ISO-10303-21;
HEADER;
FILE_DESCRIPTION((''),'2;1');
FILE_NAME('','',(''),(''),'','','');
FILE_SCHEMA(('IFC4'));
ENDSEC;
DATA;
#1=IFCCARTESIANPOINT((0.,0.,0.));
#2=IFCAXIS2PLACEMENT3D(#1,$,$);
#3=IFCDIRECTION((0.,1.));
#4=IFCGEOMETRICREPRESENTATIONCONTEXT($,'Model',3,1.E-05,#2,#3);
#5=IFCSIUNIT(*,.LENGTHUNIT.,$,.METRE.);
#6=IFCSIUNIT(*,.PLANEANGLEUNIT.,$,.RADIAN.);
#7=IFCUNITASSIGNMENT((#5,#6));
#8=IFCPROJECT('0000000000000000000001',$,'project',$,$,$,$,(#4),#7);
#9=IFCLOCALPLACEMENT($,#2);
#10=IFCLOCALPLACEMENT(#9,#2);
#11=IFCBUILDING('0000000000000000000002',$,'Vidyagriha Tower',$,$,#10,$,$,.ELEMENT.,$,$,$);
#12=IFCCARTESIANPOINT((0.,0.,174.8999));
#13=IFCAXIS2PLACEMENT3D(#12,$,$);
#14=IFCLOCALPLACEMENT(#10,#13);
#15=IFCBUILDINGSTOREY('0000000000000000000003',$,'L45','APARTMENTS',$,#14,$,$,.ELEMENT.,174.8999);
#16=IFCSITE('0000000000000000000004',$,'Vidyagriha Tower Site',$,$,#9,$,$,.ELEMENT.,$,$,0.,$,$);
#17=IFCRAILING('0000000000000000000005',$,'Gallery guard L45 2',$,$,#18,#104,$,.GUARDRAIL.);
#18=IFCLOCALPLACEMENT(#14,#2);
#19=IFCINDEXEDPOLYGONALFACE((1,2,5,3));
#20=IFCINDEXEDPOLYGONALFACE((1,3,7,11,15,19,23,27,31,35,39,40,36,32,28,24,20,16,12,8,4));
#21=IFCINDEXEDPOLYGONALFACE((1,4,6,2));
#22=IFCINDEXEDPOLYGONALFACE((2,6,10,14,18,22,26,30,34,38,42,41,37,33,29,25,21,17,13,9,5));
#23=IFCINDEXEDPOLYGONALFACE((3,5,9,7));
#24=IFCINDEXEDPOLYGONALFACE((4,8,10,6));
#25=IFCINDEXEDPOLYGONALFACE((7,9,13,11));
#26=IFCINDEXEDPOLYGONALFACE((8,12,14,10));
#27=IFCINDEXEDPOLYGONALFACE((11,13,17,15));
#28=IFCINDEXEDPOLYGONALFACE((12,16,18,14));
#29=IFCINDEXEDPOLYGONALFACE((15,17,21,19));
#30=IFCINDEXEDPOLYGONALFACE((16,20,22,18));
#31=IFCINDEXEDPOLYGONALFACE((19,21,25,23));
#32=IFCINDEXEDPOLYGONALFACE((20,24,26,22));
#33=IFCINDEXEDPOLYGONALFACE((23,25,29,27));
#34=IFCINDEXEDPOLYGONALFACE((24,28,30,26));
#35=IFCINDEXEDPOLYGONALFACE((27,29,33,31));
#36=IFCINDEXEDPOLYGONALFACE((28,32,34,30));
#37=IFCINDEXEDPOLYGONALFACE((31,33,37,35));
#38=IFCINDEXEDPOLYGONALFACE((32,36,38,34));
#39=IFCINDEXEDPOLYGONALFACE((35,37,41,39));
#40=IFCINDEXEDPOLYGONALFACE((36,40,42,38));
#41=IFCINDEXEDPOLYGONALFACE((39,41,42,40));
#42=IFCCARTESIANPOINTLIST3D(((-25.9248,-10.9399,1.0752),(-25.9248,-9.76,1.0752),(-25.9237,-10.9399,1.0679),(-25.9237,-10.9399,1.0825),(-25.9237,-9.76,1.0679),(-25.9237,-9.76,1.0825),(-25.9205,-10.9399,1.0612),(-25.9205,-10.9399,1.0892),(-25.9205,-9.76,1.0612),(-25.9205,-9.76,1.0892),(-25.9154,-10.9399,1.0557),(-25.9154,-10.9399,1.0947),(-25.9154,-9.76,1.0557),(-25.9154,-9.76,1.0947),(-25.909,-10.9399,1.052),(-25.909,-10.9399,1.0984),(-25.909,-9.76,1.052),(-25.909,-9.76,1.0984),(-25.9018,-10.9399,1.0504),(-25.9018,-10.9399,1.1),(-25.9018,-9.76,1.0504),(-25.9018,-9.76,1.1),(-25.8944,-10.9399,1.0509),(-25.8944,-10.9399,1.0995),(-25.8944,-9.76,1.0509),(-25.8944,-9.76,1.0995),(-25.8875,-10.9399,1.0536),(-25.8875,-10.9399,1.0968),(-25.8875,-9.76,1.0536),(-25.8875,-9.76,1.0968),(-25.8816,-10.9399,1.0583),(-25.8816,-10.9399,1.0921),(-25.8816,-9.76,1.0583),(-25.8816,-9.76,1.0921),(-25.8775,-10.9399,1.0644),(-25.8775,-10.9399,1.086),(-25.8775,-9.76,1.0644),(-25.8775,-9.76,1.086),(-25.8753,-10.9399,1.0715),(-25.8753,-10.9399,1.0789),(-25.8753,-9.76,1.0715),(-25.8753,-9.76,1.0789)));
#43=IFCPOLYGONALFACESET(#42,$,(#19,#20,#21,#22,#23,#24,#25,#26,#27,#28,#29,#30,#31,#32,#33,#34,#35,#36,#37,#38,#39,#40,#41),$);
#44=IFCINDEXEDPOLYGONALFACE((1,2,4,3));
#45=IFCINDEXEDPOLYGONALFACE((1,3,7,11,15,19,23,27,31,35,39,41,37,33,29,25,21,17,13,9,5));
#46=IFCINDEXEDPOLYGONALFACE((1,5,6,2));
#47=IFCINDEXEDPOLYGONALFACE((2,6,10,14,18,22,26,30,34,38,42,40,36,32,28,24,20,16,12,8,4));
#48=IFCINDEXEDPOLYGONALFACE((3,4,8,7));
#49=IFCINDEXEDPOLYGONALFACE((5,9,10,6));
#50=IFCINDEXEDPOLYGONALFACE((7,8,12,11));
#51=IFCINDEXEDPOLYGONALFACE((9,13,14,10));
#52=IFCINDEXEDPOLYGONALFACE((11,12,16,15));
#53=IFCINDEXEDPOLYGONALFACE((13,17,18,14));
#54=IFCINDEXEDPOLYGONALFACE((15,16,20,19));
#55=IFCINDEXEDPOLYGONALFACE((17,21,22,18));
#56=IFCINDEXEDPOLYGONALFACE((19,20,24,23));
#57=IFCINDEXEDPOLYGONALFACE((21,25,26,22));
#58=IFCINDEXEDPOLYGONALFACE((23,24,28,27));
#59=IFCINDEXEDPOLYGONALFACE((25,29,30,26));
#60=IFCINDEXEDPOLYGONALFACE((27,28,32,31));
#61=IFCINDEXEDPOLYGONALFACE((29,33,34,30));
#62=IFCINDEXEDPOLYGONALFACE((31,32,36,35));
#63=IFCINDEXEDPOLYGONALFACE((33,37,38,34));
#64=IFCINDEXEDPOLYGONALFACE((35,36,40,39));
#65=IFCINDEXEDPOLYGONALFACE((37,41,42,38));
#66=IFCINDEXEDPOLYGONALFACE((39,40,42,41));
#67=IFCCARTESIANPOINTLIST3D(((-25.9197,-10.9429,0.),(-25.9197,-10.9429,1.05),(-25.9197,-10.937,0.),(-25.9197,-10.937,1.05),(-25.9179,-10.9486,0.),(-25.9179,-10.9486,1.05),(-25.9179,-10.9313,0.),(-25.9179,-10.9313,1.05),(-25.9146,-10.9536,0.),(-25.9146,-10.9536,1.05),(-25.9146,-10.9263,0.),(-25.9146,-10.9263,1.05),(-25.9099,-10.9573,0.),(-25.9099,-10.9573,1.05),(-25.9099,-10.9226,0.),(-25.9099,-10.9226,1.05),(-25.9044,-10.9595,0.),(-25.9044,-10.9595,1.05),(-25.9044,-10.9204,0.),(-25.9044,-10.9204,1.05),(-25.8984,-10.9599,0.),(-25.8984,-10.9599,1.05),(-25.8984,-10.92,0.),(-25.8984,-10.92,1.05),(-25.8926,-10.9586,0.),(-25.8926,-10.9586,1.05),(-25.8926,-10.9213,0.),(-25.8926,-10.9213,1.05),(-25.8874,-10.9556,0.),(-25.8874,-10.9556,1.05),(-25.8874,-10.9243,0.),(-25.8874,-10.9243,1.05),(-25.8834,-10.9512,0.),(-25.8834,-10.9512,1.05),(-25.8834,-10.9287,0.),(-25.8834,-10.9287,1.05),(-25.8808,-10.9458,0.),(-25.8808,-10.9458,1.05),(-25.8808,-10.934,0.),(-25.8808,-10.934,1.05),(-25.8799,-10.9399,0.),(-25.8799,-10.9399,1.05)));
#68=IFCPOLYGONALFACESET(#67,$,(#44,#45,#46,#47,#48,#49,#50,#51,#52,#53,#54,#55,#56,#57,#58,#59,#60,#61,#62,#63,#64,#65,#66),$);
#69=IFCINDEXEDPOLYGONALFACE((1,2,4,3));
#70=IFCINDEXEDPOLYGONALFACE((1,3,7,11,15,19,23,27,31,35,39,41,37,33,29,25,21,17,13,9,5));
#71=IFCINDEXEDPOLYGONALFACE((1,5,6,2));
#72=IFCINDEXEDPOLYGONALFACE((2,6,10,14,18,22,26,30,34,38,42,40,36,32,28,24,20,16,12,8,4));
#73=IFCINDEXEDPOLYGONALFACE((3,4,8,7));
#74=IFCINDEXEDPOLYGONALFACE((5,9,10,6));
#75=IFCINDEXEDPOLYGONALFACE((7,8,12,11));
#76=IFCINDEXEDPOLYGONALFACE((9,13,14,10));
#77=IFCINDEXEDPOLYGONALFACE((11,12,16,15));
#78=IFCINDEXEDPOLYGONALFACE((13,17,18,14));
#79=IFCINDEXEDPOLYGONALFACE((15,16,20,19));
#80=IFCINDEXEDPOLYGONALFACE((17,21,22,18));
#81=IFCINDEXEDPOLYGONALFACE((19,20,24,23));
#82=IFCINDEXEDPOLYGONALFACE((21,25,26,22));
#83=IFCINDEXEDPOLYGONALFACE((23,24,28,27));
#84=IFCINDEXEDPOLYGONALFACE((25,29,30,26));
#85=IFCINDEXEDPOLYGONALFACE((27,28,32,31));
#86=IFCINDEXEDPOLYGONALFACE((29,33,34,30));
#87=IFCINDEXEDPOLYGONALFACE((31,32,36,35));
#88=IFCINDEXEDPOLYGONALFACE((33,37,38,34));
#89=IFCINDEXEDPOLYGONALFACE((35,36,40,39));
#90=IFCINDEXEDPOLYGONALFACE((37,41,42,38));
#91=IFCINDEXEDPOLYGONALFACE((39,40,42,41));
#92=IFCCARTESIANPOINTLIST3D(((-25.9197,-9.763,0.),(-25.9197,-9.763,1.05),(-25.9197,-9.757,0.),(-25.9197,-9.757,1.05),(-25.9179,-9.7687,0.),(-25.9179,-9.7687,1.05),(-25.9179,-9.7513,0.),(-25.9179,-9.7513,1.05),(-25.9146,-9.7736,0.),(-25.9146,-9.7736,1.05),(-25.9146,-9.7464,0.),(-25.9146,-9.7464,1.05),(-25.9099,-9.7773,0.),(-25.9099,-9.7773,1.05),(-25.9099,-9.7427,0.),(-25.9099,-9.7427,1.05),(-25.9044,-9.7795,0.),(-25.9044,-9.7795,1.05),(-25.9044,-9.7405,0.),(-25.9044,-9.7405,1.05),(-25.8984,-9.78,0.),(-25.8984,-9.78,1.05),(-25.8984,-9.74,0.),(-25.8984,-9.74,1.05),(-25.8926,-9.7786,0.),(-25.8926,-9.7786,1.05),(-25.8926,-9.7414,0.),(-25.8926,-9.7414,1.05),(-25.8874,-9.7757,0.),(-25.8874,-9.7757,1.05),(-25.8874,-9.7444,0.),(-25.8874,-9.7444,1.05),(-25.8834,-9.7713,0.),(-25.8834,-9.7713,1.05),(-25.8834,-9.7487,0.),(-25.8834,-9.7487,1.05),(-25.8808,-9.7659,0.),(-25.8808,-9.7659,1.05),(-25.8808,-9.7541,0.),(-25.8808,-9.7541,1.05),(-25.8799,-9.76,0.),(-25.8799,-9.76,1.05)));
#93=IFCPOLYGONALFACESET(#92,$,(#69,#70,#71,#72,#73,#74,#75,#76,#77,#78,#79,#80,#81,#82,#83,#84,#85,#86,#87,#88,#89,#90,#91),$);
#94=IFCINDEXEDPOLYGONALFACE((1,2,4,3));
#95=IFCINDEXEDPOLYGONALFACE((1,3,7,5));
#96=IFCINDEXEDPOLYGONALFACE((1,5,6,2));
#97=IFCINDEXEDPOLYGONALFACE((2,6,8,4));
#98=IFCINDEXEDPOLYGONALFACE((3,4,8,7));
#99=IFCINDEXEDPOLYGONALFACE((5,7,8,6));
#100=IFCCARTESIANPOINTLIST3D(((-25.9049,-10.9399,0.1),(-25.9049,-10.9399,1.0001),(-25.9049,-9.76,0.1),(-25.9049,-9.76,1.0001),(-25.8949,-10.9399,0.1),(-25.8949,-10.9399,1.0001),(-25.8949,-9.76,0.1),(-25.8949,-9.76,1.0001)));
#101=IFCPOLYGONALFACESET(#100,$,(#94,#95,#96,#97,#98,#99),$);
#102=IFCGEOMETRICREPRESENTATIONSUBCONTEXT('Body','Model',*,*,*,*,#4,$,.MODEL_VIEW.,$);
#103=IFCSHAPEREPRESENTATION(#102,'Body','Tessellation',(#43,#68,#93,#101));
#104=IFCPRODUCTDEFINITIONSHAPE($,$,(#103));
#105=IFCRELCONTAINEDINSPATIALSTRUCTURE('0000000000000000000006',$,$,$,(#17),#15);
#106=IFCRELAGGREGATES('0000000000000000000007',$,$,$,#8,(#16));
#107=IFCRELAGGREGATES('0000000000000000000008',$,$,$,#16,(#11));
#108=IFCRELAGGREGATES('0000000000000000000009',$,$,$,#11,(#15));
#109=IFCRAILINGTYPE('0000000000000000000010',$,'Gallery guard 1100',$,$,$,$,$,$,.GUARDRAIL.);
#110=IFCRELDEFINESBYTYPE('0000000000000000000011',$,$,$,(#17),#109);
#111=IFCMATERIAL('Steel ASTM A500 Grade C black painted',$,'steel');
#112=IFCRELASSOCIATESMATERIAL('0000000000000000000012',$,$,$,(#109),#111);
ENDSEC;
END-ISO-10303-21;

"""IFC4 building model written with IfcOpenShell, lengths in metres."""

from ifc_helpers import new_model, si_unit, direction, frame, origin, origin_2d, place, context, subcontext, project, spatial, rectangle, circle, extrude, material, type_object, element, save


model = new_model("IFC4")

# Units and contexts
model_context = context("Model", 3, precision=1e-05, world=origin(), true_north=direction((0.0, 1.0)))
body_context = subcontext(model_context, "Body", "Model", "MODEL_VIEW")
ifc_project = project(units=[si_unit("LENGTHUNIT", "METRE"), si_unit("PLANEANGLEUNIT", "RADIAN")], contexts=[model_context])

# Site, building, storey
site_placement = place(None, origin())
site = spatial("IfcSite", under=ifc_project, at=site_placement, Name="Vidyagriha Tower Site", CompositionType="ELEMENT", RefElevation=0.0)
building_placement = place(site_placement, origin())
building = spatial("IfcBuilding", under=site, at=building_placement, Name="Vidyagriha Tower", CompositionType="ELEMENT")
storey_placement = place(building_placement, frame((0.0, 0.0, 174.8999)))
storey = spatial("IfcBuildingStorey", under=building, at=storey_placement, Name="L45", Description="APARTMENTS", CompositionType="ELEMENT", Elevation=174.8999)

# Railing
ifc_material_1 = material(Name="Steel ASTM A500 Grade C black painted", Category="steel")
railing_type_1 = type_object("IfcRailingType", Name="Gallery guard 1100", PredefinedType="GUARDRAIL", material=ifc_material_1)
railing_1_placement = place(storey_placement, frame((-25.8999, -10.9399, 0.0)))
element("IfcRailing", 1, at=railing_1_placement, inside=storey, type_object=railing_type_1, Name="Gallery guard L45 2", PredefinedType="GUARDRAIL", context=body_context, shape_type="SweptSolid", body=[
    extrude(circle(Radius=0.0249, at=origin_2d()), frame((0.0, 0.0, 1.0752), z_axis=(0.0, 1.0, 0.0), x_axis=(-1.0, 0.0, 0.0)), (0.0, 0.0, 1.0), 1.1799),
    extrude(circle(Radius=0.02, at=origin_2d()), origin(), (0.0, 0.0, 1.0), 1.05),
    extrude(circle(Radius=0.02, at=origin_2d()), frame((0.0, 1.1799, 0.0)), (0.0, 0.0, 1.0), 1.05),
    extrude(rectangle(XDim=0.01, YDim=0.9001, at=origin_2d()), frame((0.0, 0.0, 0.55), z_axis=(0.0, 1.0, 0.0), x_axis=(-1.0, 0.0, 0.0)), (0.0, 0.0, 1.0), 1.1799),
])

save(model, "model.ifc")
